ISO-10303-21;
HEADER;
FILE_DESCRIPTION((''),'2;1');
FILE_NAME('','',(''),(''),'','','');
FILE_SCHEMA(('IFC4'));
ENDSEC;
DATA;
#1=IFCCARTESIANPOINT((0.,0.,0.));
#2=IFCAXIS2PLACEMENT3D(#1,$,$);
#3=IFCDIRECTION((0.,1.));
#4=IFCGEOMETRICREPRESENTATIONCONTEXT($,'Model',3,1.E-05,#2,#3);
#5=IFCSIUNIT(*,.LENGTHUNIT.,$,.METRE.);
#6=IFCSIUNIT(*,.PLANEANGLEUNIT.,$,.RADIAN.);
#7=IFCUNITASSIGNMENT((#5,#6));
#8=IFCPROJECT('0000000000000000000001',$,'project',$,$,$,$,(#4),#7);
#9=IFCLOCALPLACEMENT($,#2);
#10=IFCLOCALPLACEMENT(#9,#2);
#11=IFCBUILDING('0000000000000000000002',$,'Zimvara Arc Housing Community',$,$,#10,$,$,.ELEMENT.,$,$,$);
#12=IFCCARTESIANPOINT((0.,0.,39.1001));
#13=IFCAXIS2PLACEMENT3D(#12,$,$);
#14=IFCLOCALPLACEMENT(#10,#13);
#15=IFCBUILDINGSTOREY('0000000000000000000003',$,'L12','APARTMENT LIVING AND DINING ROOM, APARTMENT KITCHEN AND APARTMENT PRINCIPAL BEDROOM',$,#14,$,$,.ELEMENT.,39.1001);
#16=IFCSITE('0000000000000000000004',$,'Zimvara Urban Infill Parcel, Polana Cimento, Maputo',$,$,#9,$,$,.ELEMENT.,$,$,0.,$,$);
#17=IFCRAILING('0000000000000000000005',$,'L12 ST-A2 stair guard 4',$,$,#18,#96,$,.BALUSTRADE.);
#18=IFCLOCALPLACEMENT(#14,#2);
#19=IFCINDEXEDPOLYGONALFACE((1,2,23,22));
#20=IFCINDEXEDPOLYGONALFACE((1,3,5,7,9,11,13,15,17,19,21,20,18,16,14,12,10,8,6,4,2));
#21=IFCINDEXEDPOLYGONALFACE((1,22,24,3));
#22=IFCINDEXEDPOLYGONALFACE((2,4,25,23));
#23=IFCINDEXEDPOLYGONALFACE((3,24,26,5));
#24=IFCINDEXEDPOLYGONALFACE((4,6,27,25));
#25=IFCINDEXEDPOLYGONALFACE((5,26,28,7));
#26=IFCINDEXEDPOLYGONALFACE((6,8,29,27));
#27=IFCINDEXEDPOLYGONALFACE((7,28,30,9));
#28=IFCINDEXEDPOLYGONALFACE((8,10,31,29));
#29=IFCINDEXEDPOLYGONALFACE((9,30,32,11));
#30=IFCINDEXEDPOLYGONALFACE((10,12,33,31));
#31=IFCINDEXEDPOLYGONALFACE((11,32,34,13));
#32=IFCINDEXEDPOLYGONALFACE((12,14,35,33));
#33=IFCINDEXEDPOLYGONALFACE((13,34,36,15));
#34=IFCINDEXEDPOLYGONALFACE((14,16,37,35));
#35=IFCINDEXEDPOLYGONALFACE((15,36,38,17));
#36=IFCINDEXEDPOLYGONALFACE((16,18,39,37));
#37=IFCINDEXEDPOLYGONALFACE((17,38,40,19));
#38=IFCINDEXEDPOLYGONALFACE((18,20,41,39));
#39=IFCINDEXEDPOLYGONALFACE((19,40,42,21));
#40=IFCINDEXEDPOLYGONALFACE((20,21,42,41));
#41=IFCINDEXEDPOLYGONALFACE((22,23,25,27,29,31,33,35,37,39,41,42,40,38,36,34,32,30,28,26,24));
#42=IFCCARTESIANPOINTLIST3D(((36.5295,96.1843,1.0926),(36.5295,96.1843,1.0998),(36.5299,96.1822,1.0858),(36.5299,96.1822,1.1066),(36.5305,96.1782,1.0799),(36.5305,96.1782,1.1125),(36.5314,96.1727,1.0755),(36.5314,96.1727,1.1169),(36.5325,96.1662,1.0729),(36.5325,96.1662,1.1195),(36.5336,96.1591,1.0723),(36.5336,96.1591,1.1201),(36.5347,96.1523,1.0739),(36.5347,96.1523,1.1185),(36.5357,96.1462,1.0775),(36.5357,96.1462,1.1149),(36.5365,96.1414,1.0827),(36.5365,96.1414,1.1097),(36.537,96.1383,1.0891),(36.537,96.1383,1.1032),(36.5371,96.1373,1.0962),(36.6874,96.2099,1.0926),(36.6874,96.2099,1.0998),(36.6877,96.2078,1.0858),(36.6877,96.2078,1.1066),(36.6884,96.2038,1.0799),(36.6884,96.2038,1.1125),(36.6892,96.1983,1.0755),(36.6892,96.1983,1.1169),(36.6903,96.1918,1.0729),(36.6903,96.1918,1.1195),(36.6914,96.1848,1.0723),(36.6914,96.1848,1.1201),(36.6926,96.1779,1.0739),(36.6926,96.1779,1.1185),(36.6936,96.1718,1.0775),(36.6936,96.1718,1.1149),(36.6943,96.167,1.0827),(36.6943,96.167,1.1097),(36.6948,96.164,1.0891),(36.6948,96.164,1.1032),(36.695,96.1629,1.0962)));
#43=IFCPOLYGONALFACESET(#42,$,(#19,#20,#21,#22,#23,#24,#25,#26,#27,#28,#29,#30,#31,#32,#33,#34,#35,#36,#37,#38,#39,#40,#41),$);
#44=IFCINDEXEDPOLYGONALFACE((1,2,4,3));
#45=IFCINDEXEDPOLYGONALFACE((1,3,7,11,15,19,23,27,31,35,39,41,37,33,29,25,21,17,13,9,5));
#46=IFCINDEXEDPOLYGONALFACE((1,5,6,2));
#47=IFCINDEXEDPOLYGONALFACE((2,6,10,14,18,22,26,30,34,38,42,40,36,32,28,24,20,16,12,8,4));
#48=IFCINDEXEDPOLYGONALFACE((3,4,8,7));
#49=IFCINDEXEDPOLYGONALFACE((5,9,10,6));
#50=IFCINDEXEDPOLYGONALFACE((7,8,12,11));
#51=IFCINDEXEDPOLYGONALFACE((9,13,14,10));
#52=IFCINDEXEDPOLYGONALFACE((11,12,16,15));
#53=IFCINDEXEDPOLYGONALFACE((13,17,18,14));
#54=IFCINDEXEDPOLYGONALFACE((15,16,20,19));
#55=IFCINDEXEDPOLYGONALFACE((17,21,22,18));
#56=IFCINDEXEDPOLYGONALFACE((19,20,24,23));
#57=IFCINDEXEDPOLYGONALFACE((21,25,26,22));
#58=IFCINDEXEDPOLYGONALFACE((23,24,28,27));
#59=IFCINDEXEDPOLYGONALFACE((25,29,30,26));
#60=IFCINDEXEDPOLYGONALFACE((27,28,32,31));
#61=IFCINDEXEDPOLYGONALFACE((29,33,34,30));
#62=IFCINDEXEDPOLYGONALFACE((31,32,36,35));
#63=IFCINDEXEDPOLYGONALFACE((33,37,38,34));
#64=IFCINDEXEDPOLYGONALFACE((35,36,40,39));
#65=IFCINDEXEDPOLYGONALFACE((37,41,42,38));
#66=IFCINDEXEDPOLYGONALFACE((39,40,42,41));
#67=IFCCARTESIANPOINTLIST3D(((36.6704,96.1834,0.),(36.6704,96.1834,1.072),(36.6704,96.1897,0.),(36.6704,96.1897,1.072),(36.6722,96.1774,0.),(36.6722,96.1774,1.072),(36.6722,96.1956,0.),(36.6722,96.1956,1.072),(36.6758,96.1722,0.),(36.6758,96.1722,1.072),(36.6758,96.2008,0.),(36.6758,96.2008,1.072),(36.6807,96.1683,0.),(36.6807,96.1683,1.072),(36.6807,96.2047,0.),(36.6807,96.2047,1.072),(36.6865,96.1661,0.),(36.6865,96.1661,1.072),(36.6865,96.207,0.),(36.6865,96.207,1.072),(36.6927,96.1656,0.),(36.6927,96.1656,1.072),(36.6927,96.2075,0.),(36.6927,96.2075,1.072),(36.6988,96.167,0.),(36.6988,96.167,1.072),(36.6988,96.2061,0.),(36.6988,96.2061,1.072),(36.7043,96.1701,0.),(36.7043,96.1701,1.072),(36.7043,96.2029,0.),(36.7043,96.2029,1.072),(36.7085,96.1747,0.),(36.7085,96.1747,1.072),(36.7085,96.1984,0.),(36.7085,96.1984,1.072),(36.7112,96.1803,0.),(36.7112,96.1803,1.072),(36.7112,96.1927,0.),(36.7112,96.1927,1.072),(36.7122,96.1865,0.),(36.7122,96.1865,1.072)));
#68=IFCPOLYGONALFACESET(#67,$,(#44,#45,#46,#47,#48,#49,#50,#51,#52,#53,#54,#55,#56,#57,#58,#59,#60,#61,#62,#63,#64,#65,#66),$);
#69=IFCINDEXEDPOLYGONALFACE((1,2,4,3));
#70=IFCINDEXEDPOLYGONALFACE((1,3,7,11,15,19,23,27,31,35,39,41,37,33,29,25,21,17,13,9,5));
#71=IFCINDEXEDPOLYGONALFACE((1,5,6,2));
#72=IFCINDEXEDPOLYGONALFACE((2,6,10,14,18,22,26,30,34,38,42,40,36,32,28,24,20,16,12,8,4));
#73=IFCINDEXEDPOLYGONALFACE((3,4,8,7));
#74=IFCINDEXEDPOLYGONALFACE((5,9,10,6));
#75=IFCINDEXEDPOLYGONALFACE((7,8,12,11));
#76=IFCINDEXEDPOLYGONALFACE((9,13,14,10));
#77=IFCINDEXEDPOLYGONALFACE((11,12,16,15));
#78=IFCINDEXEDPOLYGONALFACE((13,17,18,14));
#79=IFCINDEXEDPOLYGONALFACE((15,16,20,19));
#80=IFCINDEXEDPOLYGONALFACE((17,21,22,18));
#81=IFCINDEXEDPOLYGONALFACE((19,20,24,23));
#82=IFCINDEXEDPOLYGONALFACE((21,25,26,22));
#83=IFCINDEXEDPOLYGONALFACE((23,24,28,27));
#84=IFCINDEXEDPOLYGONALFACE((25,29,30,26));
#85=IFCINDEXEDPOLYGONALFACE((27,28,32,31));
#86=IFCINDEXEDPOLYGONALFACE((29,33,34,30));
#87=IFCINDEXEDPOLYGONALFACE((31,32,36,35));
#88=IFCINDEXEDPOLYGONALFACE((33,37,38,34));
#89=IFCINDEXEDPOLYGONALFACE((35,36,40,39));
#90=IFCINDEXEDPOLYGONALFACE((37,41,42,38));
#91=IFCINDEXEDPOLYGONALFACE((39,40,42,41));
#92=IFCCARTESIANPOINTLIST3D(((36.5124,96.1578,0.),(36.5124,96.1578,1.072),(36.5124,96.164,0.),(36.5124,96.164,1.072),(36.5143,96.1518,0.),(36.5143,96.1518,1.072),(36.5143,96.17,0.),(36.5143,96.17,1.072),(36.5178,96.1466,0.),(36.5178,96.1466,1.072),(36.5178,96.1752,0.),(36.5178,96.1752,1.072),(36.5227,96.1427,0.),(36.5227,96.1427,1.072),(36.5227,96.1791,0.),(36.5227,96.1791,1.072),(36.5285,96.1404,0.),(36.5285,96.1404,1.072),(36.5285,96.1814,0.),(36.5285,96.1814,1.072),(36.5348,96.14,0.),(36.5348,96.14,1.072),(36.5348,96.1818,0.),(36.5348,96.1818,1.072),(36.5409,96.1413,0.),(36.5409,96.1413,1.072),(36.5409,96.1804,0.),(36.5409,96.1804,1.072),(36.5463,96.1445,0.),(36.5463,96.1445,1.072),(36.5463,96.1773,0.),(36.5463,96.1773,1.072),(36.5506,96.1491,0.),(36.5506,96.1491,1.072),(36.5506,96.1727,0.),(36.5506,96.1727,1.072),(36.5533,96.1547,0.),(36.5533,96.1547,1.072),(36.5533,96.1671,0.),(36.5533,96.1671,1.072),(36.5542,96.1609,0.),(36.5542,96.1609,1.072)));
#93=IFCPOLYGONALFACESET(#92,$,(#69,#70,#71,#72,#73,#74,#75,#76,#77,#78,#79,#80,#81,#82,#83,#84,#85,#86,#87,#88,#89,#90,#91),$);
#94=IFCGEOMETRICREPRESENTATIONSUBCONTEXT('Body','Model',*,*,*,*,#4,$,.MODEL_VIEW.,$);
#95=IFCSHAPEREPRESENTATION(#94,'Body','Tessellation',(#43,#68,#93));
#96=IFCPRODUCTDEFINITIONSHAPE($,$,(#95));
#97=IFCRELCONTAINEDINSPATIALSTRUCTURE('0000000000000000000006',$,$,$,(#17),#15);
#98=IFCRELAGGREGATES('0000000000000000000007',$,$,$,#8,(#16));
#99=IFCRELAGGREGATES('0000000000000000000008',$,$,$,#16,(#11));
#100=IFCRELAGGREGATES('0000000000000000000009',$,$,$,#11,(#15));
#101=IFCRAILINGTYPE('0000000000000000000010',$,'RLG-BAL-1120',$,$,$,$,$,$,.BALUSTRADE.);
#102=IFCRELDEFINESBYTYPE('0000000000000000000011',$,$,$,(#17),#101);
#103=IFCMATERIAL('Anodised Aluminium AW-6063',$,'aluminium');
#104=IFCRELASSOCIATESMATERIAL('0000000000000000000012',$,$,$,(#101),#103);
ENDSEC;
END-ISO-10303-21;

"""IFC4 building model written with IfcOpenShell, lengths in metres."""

from ifc_helpers import new_model, si_unit, direction, frame, origin, origin_2d, place, context, subcontext, project, spatial, circle, extrude, material, type_object, element, save


model = new_model("IFC4")

# Units and contexts
model_context = context("Model", 3, precision=1e-05, world=origin(), true_north=direction((0.0, 1.0)))
body_context = subcontext(model_context, "Body", "Model", "MODEL_VIEW")
ifc_project = project(units=[si_unit("LENGTHUNIT", "METRE"), si_unit("PLANEANGLEUNIT", "RADIAN")], contexts=[model_context])

# Site, building, storey
site_placement = place(None, origin())
site = spatial("IfcSite", under=ifc_project, at=site_placement, Name="Zimvara Urban Infill Parcel, Polana Cimento, Maputo", CompositionType="ELEMENT", RefElevation=0.0)
building_placement = place(site_placement, origin())
building = spatial("IfcBuilding", under=site, at=building_placement, Name="Zimvara Arc Housing Community", CompositionType="ELEMENT")
storey_placement = place(building_placement, frame((0.0, 0.0, 39.1001)))
storey = spatial("IfcBuildingStorey", under=building, at=storey_placement, Name="L12", Description="APARTMENT LIVING AND DINING ROOM, APARTMENT KITCHEN AND APARTMENT PRINCIPAL BEDROOM", CompositionType="ELEMENT", Elevation=39.1001)

# Railing
ifc_material_1 = material(Name="Anodised Aluminium AW-6063", Category="aluminium")
railing_type_1 = type_object("IfcRailingType", Name="RLG-BAL-1120", PredefinedType="BALUSTRADE", material=ifc_material_1)
railing_1_placement = place(storey_placement, frame((36.6912, 96.1865, 0.0)))
element("IfcRailing", 1, at=railing_1_placement, inside=storey, type_object=railing_type_1, Name="L12 ST-A2 stair guard 4", PredefinedType="BALUSTRADE", context=body_context, shape_type="SweptSolid", body=[
    extrude(circle(Radius=0.0239, at=origin_2d()), frame((0.0, 0.0, 1.0962), z_axis=(-0.987086, -0.160192, 0.0), x_axis=(0.160192, -0.987086, 0.0)), (0.0, 0.0, 1.0), 0.1599),
    extrude(circle(Radius=0.021, at=origin_2d()), origin(), (0.0, 0.0, 1.0), 1.072),
    extrude(circle(Radius=0.021, at=origin_2d()), frame((-0.158, -0.0256, 0.0)), (0.0, 0.0, 1.0), 1.072),
])

save(model, "model.ifc")
